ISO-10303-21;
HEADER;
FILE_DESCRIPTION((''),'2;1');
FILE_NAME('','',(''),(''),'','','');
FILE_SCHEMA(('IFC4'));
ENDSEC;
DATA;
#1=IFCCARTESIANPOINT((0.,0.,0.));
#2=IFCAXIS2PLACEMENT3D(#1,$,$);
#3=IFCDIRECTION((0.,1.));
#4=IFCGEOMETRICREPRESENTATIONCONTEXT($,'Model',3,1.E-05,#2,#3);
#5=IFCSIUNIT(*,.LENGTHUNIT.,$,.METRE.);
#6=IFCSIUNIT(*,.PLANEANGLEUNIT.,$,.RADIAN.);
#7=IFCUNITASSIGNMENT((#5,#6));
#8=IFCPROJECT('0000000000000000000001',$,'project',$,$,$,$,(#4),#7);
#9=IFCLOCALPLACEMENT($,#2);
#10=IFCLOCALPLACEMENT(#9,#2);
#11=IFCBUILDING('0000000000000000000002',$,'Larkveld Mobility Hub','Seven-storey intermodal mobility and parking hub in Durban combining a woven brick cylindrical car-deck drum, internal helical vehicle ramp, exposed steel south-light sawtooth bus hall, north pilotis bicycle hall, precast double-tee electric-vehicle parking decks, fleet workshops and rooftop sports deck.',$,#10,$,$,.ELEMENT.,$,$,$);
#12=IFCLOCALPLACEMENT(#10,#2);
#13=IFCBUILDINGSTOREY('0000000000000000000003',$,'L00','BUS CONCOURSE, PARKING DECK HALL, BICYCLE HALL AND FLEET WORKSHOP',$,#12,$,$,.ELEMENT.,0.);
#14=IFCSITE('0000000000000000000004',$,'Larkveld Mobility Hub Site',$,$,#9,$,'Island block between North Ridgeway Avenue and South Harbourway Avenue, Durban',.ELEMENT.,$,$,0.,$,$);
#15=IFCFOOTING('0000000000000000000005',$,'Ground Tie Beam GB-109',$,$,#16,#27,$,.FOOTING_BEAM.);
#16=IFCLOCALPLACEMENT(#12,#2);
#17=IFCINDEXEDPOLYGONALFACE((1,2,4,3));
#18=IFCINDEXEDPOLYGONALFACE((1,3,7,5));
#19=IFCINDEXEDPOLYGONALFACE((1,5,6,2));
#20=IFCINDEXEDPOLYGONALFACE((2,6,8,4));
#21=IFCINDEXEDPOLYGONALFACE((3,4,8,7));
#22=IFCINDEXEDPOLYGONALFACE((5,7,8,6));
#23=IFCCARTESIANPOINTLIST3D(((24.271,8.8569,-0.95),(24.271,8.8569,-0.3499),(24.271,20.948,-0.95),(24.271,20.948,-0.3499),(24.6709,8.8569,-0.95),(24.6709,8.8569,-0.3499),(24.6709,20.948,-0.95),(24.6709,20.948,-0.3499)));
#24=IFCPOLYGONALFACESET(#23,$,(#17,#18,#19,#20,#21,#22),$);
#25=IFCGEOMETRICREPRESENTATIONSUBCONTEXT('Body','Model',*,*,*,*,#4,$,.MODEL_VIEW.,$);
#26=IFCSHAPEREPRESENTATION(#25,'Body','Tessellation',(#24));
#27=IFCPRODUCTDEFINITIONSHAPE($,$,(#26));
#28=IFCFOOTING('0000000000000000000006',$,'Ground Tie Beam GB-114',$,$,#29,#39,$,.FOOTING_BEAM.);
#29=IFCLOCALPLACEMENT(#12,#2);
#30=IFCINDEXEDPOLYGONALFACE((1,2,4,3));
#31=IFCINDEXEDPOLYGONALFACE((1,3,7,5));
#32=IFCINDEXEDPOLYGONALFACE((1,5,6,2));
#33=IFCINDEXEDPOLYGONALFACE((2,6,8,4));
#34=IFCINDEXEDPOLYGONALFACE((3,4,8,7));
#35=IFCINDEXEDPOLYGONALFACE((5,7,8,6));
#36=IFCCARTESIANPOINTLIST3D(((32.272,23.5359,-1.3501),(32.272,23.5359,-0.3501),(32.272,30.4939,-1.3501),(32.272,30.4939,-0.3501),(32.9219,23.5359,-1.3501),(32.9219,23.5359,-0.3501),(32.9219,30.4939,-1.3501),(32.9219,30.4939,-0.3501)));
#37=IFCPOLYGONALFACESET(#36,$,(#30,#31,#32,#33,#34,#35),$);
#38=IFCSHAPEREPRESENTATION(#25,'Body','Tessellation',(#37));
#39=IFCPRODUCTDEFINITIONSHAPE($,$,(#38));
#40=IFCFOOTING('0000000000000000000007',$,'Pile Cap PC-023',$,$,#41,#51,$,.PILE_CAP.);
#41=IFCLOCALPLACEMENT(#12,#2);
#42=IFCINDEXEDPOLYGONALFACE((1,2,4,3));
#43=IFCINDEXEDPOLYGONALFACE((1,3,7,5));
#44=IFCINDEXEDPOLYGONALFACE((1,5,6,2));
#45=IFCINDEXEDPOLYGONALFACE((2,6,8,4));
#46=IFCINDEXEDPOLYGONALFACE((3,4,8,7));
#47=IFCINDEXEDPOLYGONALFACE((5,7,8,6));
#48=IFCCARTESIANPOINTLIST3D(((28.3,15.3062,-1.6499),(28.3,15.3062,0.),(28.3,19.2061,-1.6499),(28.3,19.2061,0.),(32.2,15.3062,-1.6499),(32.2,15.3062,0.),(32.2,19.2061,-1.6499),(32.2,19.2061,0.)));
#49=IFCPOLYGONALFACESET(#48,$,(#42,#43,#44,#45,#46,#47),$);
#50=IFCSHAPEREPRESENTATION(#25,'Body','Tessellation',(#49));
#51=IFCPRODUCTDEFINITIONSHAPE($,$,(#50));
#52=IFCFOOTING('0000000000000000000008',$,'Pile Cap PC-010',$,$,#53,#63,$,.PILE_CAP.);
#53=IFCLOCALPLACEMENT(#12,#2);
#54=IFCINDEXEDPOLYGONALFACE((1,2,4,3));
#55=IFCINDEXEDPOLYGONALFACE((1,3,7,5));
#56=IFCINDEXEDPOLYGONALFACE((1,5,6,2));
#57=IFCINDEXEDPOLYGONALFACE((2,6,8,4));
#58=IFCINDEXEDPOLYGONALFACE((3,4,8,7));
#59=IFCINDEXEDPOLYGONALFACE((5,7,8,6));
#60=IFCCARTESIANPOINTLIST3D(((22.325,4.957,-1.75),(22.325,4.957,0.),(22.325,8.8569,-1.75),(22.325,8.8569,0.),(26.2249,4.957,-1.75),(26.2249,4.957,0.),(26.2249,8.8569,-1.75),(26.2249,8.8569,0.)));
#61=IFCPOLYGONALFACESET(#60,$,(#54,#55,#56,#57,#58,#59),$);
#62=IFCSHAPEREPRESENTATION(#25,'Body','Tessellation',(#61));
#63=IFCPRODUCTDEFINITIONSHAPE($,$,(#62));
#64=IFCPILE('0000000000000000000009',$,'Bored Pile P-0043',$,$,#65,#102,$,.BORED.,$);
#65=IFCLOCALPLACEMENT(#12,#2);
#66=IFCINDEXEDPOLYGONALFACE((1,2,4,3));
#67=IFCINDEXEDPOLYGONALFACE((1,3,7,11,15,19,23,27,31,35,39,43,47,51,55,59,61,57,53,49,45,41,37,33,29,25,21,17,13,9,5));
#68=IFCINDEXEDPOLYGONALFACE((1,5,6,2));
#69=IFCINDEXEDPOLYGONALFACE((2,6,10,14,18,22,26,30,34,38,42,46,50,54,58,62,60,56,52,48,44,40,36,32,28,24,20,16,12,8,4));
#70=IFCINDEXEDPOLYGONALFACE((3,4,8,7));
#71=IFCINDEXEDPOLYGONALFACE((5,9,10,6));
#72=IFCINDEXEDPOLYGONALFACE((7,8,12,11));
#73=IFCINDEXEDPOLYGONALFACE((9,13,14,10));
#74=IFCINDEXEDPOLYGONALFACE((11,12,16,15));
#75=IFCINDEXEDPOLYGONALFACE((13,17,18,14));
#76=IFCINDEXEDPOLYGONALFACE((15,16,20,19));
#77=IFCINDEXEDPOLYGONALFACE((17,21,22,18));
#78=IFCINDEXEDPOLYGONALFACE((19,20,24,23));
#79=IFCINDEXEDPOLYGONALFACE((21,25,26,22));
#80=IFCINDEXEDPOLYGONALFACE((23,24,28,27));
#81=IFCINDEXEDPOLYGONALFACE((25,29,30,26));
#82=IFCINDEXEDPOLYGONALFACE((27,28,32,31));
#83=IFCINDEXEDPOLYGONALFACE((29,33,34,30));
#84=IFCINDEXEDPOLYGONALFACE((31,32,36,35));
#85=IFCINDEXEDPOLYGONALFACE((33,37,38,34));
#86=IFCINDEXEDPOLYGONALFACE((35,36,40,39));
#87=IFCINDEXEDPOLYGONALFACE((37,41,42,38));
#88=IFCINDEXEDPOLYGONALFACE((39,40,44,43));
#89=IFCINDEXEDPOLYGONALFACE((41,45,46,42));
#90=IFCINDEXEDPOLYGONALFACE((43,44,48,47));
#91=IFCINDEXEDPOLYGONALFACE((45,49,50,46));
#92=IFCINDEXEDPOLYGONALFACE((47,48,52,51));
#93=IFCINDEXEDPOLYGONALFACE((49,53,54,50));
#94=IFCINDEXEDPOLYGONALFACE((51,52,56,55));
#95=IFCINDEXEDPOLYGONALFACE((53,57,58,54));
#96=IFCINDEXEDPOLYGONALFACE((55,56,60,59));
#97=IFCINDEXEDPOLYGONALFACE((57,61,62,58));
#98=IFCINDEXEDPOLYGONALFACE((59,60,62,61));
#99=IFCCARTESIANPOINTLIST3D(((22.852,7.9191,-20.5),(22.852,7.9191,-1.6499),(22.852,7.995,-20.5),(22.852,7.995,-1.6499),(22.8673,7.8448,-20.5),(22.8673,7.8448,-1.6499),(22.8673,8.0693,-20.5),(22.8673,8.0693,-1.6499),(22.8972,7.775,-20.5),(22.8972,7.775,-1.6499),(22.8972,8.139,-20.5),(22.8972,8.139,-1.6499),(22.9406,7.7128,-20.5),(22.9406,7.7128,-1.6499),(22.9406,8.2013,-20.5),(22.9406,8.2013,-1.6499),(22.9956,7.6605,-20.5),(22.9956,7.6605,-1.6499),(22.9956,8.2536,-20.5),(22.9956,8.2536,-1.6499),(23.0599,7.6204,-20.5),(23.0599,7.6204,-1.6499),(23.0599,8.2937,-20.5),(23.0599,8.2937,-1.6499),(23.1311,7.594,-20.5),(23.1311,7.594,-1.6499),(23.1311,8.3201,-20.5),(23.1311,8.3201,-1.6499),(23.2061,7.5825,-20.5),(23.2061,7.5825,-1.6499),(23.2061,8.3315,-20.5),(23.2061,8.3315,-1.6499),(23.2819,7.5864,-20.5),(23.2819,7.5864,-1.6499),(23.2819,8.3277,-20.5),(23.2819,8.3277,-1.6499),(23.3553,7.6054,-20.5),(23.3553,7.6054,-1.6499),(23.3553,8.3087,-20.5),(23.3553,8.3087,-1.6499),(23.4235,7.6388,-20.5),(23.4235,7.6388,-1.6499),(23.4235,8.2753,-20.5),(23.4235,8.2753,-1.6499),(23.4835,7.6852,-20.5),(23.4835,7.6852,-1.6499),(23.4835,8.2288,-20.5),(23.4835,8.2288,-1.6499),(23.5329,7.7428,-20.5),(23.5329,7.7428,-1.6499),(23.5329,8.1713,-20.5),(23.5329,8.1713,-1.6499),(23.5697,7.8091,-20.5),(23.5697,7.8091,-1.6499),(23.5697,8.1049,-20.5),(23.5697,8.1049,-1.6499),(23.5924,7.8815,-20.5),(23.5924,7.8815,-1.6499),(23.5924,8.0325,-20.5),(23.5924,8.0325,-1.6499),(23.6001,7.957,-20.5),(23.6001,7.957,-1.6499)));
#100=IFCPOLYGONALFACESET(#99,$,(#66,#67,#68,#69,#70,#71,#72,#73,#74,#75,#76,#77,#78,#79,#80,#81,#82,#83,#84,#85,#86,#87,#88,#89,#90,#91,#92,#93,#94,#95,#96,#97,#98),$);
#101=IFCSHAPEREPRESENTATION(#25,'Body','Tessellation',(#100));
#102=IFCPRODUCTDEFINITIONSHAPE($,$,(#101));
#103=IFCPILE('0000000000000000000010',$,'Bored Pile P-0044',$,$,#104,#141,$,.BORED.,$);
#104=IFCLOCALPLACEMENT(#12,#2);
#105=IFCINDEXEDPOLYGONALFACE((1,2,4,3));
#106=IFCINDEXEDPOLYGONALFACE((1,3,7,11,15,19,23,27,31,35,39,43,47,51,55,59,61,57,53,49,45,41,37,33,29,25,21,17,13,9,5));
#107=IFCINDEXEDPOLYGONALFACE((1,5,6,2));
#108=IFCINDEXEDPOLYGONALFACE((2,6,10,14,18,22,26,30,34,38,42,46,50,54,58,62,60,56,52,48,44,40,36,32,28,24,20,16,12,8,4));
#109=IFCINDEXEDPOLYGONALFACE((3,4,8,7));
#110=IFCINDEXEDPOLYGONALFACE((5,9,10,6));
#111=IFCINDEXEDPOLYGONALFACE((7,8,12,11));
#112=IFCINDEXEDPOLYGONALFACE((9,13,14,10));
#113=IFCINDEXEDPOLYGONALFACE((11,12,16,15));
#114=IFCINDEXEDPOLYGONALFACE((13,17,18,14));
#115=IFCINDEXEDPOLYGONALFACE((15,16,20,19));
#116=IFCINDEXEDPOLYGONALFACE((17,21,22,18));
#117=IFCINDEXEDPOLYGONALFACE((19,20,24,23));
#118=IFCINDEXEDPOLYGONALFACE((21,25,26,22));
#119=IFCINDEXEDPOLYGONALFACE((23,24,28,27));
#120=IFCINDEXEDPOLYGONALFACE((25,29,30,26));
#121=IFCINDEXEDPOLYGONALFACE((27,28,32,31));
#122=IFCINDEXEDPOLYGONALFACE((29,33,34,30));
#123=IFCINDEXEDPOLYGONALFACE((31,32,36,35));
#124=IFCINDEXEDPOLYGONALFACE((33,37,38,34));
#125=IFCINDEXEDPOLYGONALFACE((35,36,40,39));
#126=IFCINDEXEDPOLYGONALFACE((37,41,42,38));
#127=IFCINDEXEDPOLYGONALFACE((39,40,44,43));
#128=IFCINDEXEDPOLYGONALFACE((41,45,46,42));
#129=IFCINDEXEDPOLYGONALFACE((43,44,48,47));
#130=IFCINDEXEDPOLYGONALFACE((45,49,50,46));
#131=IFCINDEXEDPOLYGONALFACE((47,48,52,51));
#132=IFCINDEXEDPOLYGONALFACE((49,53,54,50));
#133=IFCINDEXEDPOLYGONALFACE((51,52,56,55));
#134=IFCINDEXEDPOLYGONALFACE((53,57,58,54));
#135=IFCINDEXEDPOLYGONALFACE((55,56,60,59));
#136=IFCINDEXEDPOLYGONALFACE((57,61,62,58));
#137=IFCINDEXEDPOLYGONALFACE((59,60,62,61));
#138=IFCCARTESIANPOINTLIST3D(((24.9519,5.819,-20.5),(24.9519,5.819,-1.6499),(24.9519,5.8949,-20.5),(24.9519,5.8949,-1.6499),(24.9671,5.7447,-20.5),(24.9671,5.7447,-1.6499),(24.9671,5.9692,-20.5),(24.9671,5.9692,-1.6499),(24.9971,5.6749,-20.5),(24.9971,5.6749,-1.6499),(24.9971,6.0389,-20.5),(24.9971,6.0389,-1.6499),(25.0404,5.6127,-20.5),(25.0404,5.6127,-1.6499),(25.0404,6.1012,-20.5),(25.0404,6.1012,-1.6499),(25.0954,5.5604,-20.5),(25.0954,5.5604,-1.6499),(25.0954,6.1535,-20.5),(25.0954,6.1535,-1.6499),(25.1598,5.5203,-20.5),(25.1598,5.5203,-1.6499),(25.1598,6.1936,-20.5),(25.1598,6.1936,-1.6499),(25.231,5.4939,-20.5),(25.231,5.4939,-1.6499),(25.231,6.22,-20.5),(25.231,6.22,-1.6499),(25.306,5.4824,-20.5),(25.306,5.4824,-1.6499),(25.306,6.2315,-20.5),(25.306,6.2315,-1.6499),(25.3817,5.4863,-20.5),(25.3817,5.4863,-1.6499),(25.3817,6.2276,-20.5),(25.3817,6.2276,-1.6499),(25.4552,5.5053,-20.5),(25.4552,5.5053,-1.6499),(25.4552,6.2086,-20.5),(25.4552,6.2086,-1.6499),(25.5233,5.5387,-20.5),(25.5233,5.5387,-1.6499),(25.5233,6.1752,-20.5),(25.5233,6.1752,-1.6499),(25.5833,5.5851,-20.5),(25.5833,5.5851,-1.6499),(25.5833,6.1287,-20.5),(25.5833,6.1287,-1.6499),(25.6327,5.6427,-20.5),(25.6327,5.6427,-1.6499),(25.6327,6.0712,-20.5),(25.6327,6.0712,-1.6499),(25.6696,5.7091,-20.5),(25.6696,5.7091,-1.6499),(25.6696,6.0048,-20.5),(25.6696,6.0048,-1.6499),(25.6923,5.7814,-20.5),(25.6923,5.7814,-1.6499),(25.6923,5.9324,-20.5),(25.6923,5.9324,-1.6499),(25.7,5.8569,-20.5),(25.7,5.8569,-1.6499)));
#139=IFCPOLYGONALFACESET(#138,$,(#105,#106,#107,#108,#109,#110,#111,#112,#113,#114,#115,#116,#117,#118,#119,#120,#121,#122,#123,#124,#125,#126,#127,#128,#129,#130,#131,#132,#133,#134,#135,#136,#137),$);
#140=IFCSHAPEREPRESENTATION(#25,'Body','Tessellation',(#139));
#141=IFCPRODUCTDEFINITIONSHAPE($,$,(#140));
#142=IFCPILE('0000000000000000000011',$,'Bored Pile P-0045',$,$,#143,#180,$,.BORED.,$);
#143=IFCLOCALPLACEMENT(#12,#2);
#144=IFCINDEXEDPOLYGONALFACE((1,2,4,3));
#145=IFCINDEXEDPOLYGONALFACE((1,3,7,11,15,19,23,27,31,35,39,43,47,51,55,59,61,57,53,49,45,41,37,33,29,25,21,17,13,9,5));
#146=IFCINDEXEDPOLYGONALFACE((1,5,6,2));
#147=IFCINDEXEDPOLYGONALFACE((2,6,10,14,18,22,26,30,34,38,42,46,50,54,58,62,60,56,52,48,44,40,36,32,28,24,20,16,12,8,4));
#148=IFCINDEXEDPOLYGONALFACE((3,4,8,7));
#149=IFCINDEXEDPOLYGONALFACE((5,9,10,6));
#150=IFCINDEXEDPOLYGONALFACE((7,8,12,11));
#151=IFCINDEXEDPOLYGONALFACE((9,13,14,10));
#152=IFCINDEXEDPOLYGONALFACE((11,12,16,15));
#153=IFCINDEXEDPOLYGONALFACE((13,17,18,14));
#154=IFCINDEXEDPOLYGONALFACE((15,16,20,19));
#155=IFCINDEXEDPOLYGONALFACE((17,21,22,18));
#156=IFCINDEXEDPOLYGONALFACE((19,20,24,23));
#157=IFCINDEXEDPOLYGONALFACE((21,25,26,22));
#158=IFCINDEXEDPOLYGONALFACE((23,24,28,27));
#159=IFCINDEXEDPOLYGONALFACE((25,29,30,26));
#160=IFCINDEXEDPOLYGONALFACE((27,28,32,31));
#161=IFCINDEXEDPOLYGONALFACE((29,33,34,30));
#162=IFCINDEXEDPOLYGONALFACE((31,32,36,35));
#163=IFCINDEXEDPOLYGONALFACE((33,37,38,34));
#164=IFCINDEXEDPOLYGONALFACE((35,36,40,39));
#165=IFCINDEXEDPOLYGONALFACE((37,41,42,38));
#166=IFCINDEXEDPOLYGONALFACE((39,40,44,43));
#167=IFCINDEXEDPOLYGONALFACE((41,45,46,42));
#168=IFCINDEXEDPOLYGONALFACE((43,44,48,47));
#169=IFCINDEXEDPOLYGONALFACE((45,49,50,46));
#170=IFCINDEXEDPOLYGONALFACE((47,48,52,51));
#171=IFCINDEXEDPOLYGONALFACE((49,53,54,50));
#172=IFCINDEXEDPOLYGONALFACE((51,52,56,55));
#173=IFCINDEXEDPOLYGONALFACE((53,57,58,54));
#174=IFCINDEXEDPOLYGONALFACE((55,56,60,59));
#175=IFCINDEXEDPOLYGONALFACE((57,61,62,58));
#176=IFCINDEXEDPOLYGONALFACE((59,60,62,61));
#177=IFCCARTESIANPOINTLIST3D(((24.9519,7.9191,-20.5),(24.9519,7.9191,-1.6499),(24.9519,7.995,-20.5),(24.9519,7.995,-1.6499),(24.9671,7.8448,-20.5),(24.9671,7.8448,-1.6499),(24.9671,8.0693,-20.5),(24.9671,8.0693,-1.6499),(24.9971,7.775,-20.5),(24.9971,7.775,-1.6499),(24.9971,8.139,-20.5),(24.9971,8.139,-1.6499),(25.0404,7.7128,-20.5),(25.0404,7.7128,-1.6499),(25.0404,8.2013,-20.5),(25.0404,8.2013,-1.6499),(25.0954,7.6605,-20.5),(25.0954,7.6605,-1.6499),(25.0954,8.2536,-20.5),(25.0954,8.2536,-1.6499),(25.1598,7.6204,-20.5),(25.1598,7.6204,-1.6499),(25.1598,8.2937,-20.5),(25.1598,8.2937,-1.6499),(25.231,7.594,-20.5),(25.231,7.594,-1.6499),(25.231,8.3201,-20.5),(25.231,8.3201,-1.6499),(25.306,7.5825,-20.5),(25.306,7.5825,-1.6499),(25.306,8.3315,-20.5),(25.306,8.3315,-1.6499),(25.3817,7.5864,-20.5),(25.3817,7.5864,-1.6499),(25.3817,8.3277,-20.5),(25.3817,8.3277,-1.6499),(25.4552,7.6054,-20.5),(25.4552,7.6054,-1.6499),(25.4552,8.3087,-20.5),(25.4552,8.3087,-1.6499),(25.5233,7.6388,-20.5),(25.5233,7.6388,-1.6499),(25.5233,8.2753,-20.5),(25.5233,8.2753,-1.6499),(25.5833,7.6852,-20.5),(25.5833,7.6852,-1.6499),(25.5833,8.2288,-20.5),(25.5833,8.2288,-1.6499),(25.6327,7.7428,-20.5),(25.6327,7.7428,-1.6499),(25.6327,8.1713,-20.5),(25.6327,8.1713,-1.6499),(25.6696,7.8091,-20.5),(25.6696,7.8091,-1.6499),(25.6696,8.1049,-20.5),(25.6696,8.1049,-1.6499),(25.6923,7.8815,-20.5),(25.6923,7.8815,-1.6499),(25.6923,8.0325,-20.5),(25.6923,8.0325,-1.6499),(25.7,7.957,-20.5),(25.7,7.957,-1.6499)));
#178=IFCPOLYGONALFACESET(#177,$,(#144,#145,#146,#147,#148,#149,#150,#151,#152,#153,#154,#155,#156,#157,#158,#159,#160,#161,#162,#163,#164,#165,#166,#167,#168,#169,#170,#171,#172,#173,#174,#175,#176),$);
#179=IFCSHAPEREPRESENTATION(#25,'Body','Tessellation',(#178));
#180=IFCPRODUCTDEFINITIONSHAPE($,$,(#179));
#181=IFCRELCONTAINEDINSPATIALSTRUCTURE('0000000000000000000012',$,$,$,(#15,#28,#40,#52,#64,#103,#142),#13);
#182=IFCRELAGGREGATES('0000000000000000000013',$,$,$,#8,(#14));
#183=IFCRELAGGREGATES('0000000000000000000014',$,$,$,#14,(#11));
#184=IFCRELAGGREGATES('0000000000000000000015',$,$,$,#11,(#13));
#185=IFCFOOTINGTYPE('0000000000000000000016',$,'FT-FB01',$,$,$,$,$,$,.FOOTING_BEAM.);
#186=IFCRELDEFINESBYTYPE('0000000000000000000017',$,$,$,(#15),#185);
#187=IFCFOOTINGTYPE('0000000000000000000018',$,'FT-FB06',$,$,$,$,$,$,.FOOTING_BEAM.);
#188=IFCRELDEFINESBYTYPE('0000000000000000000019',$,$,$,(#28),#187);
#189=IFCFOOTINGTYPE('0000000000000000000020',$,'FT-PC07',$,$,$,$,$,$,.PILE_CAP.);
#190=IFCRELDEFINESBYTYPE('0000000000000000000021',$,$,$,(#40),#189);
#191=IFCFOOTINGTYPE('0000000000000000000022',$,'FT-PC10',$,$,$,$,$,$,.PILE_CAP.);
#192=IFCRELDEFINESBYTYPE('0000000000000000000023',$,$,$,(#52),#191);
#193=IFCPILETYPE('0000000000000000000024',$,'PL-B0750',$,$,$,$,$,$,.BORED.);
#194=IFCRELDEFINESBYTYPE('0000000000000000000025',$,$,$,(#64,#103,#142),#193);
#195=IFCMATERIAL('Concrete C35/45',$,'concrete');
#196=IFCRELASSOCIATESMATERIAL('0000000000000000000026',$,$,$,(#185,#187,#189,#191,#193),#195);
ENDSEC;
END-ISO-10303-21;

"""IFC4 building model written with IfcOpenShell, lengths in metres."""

from ifc_helpers import new_model, si_unit, direction, frame, origin, origin_2d, place, context, subcontext, project, spatial, rectangle, circle, extrude, material, material_profile, profile_set, type_object, element, save


model = new_model("IFC4")

# Units and contexts
model_context = context("Model", 3, precision=1e-05, world=origin(), true_north=direction((0.0, 1.0)))
body_context = subcontext(model_context, "Body", "Model", "MODEL_VIEW")
ifc_project = project(units=[si_unit("LENGTHUNIT", "METRE"), si_unit("PLANEANGLEUNIT", "RADIAN")], contexts=[model_context])

# Site, building, storey
site_placement = place(None, origin())
site = spatial("IfcSite", under=ifc_project, at=site_placement, Name="Larkveld Mobility Hub Site", LongName="Island block between North Ridgeway Avenue and South Harbourway Avenue, Durban", CompositionType="ELEMENT", RefElevation=0.0)
building_placement = place(site_placement, origin())
building = spatial("IfcBuilding", under=site, at=building_placement, Name="Larkveld Mobility Hub", Description="Seven-storey intermodal mobility and parking hub in Durban combining a woven brick cylindrical car-deck drum, internal helical vehicle ramp, exposed steel south-light sawtooth bus hall, north pilotis bicycle hall, precast double-tee electric-vehicle parking decks, fleet workshops and rooftop sports deck.", CompositionType="ELEMENT")
storey_placement = place(building_placement, origin())
storey = spatial("IfcBuildingStorey", under=building, at=storey_placement, Name="L00", Description="BUS CONCOURSE, PARKING DECK HALL, BICYCLE HALL AND FLEET WORKSHOP", CompositionType="ELEMENT", Elevation=0.0)

# Footings
ifc_material_1 = material(Name="Concrete C35/45", Category="concrete")
ifc_material_profile_1 = material_profile(ifc_material_1, rectangle(XDim=0.3999, YDim=0.6001, at=origin_2d()), Name="RC BM 400x600")
ifc_profile_set_1 = profile_set([ifc_material_profile_1], Name="Concrete C35/45")
footing_type_1 = type_object("IfcFootingType", Name="FT-FB01", PredefinedType="FOOTING_BEAM", material=ifc_profile_set_1)
footing_1_placement = place(storey_placement, frame((24.4709, 8.8569, -0.6499), z_axis=(0.0, 1.0, 0.0), x_axis=(-1.0, 0.0, 0.0)))
element("IfcFooting", 1, at=footing_1_placement, inside=storey, type_object=footing_type_1, Name="Ground Tie Beam GB-109", PredefinedType="FOOTING_BEAM", context=body_context, shape_type="SweptSolid", body=[
    extrude(rectangle(XDim=0.3999, YDim=0.6001, at=origin_2d()), origin(), (0.0, 0.0, 1.0), 12.0911),
])
ifc_material_profile_2 = material_profile(ifc_material_1, rectangle(XDim=0.6499, YDim=1.0, at=origin_2d()), Name="RC BM 650x1000")
ifc_profile_set_2 = profile_set([ifc_material_profile_2], Name="Concrete C35/45")
footing_type_2 = type_object("IfcFootingType", Name="FT-FB06", PredefinedType="FOOTING_BEAM", material=ifc_profile_set_2)
footing_2_placement = place(storey_placement, frame((32.5969, 23.5359, -0.8501), z_axis=(0.0, 1.0, 0.0), x_axis=(-1.0, 0.0, 0.0)))
element("IfcFooting", 2, at=footing_2_placement, inside=storey, type_object=footing_type_2, Name="Ground Tie Beam GB-114", PredefinedType="FOOTING_BEAM", context=body_context, shape_type="SweptSolid", body=[
    extrude(rectangle(XDim=0.6499, YDim=1.0, at=origin_2d()), origin(), (0.0, 0.0, 1.0), 6.958),
])
footing_type_3 = type_object("IfcFootingType", Name="FT-PC07", PredefinedType="PILE_CAP", material=ifc_material_1)
footing_3_placement = place(storey_placement, frame((30.25, 17.2561, -1.6499), z_axis=(0.0, 0.0, 1.0), x_axis=(1.0, 0.0, 0.0)))
element("IfcFooting", 3, at=footing_3_placement, inside=storey, type_object=footing_type_3, Name="Pile Cap PC-023", PredefinedType="PILE_CAP", context=body_context, shape_type="SweptSolid", body=[
    extrude(rectangle(XDim=3.8999, YDim=3.8999, at=origin_2d()), origin(), (0.0, 0.0, 1.0), 1.6499),
])
footing_type_4 = type_object("IfcFootingType", Name="FT-PC10", PredefinedType="PILE_CAP", material=ifc_material_1)
footing_4_placement = place(storey_placement, frame((24.2749, 6.907, -1.75), z_axis=(0.0, 0.0, 1.0), x_axis=(1.0, 0.0, 0.0)))
element("IfcFooting", 4, at=footing_4_placement, inside=storey, type_object=footing_type_4, Name="Pile Cap PC-010", PredefinedType="PILE_CAP", context=body_context, shape_type="SweptSolid", body=[
    extrude(rectangle(XDim=3.8999, YDim=3.8999, at=origin_2d()), origin(), (0.0, 0.0, 1.0), 1.75),
])

# Piles
ifc_material_profile_3 = material_profile(ifc_material_1, circle(Radius=0.375, at=origin_2d()), Name="PILE D750")
ifc_profile_set_3 = profile_set([ifc_material_profile_3], Name="Concrete C35/45")
pile_type_1 = type_object("IfcPileType", Name="PL-B0750", PredefinedType="BORED", material=ifc_profile_set_3)
for number, where, z_axis, x_axis, name in (
    (5, (23.2251, 7.957, -1.6499), (0.0, 0.0, -1.0), (1.0, 0.0, 0.0), "Bored Pile P-0043"),
    (6, (25.325, 5.8569, -1.6499), (0.0, 0.0, -1.0), (1.0, 0.0, 0.0), "Bored Pile P-0044"),
    (7, (25.325, 7.957, -1.6499), (0.0, 0.0, -1.0), (1.0, 0.0, 0.0), "Bored Pile P-0045"),
):
    element("IfcPile", number, at=place(storey_placement, frame(where, z_axis=z_axis, x_axis=x_axis)), inside=storey, type_object=pile_type_1, Name=name, PredefinedType="BORED", context=body_context, shape_type="SweptSolid", body=[
        extrude(circle(Radius=0.375, at=origin_2d()), origin(), (0.0, 0.0, 1.0), 18.8501),
    ])

save(model, "model.ifc")
